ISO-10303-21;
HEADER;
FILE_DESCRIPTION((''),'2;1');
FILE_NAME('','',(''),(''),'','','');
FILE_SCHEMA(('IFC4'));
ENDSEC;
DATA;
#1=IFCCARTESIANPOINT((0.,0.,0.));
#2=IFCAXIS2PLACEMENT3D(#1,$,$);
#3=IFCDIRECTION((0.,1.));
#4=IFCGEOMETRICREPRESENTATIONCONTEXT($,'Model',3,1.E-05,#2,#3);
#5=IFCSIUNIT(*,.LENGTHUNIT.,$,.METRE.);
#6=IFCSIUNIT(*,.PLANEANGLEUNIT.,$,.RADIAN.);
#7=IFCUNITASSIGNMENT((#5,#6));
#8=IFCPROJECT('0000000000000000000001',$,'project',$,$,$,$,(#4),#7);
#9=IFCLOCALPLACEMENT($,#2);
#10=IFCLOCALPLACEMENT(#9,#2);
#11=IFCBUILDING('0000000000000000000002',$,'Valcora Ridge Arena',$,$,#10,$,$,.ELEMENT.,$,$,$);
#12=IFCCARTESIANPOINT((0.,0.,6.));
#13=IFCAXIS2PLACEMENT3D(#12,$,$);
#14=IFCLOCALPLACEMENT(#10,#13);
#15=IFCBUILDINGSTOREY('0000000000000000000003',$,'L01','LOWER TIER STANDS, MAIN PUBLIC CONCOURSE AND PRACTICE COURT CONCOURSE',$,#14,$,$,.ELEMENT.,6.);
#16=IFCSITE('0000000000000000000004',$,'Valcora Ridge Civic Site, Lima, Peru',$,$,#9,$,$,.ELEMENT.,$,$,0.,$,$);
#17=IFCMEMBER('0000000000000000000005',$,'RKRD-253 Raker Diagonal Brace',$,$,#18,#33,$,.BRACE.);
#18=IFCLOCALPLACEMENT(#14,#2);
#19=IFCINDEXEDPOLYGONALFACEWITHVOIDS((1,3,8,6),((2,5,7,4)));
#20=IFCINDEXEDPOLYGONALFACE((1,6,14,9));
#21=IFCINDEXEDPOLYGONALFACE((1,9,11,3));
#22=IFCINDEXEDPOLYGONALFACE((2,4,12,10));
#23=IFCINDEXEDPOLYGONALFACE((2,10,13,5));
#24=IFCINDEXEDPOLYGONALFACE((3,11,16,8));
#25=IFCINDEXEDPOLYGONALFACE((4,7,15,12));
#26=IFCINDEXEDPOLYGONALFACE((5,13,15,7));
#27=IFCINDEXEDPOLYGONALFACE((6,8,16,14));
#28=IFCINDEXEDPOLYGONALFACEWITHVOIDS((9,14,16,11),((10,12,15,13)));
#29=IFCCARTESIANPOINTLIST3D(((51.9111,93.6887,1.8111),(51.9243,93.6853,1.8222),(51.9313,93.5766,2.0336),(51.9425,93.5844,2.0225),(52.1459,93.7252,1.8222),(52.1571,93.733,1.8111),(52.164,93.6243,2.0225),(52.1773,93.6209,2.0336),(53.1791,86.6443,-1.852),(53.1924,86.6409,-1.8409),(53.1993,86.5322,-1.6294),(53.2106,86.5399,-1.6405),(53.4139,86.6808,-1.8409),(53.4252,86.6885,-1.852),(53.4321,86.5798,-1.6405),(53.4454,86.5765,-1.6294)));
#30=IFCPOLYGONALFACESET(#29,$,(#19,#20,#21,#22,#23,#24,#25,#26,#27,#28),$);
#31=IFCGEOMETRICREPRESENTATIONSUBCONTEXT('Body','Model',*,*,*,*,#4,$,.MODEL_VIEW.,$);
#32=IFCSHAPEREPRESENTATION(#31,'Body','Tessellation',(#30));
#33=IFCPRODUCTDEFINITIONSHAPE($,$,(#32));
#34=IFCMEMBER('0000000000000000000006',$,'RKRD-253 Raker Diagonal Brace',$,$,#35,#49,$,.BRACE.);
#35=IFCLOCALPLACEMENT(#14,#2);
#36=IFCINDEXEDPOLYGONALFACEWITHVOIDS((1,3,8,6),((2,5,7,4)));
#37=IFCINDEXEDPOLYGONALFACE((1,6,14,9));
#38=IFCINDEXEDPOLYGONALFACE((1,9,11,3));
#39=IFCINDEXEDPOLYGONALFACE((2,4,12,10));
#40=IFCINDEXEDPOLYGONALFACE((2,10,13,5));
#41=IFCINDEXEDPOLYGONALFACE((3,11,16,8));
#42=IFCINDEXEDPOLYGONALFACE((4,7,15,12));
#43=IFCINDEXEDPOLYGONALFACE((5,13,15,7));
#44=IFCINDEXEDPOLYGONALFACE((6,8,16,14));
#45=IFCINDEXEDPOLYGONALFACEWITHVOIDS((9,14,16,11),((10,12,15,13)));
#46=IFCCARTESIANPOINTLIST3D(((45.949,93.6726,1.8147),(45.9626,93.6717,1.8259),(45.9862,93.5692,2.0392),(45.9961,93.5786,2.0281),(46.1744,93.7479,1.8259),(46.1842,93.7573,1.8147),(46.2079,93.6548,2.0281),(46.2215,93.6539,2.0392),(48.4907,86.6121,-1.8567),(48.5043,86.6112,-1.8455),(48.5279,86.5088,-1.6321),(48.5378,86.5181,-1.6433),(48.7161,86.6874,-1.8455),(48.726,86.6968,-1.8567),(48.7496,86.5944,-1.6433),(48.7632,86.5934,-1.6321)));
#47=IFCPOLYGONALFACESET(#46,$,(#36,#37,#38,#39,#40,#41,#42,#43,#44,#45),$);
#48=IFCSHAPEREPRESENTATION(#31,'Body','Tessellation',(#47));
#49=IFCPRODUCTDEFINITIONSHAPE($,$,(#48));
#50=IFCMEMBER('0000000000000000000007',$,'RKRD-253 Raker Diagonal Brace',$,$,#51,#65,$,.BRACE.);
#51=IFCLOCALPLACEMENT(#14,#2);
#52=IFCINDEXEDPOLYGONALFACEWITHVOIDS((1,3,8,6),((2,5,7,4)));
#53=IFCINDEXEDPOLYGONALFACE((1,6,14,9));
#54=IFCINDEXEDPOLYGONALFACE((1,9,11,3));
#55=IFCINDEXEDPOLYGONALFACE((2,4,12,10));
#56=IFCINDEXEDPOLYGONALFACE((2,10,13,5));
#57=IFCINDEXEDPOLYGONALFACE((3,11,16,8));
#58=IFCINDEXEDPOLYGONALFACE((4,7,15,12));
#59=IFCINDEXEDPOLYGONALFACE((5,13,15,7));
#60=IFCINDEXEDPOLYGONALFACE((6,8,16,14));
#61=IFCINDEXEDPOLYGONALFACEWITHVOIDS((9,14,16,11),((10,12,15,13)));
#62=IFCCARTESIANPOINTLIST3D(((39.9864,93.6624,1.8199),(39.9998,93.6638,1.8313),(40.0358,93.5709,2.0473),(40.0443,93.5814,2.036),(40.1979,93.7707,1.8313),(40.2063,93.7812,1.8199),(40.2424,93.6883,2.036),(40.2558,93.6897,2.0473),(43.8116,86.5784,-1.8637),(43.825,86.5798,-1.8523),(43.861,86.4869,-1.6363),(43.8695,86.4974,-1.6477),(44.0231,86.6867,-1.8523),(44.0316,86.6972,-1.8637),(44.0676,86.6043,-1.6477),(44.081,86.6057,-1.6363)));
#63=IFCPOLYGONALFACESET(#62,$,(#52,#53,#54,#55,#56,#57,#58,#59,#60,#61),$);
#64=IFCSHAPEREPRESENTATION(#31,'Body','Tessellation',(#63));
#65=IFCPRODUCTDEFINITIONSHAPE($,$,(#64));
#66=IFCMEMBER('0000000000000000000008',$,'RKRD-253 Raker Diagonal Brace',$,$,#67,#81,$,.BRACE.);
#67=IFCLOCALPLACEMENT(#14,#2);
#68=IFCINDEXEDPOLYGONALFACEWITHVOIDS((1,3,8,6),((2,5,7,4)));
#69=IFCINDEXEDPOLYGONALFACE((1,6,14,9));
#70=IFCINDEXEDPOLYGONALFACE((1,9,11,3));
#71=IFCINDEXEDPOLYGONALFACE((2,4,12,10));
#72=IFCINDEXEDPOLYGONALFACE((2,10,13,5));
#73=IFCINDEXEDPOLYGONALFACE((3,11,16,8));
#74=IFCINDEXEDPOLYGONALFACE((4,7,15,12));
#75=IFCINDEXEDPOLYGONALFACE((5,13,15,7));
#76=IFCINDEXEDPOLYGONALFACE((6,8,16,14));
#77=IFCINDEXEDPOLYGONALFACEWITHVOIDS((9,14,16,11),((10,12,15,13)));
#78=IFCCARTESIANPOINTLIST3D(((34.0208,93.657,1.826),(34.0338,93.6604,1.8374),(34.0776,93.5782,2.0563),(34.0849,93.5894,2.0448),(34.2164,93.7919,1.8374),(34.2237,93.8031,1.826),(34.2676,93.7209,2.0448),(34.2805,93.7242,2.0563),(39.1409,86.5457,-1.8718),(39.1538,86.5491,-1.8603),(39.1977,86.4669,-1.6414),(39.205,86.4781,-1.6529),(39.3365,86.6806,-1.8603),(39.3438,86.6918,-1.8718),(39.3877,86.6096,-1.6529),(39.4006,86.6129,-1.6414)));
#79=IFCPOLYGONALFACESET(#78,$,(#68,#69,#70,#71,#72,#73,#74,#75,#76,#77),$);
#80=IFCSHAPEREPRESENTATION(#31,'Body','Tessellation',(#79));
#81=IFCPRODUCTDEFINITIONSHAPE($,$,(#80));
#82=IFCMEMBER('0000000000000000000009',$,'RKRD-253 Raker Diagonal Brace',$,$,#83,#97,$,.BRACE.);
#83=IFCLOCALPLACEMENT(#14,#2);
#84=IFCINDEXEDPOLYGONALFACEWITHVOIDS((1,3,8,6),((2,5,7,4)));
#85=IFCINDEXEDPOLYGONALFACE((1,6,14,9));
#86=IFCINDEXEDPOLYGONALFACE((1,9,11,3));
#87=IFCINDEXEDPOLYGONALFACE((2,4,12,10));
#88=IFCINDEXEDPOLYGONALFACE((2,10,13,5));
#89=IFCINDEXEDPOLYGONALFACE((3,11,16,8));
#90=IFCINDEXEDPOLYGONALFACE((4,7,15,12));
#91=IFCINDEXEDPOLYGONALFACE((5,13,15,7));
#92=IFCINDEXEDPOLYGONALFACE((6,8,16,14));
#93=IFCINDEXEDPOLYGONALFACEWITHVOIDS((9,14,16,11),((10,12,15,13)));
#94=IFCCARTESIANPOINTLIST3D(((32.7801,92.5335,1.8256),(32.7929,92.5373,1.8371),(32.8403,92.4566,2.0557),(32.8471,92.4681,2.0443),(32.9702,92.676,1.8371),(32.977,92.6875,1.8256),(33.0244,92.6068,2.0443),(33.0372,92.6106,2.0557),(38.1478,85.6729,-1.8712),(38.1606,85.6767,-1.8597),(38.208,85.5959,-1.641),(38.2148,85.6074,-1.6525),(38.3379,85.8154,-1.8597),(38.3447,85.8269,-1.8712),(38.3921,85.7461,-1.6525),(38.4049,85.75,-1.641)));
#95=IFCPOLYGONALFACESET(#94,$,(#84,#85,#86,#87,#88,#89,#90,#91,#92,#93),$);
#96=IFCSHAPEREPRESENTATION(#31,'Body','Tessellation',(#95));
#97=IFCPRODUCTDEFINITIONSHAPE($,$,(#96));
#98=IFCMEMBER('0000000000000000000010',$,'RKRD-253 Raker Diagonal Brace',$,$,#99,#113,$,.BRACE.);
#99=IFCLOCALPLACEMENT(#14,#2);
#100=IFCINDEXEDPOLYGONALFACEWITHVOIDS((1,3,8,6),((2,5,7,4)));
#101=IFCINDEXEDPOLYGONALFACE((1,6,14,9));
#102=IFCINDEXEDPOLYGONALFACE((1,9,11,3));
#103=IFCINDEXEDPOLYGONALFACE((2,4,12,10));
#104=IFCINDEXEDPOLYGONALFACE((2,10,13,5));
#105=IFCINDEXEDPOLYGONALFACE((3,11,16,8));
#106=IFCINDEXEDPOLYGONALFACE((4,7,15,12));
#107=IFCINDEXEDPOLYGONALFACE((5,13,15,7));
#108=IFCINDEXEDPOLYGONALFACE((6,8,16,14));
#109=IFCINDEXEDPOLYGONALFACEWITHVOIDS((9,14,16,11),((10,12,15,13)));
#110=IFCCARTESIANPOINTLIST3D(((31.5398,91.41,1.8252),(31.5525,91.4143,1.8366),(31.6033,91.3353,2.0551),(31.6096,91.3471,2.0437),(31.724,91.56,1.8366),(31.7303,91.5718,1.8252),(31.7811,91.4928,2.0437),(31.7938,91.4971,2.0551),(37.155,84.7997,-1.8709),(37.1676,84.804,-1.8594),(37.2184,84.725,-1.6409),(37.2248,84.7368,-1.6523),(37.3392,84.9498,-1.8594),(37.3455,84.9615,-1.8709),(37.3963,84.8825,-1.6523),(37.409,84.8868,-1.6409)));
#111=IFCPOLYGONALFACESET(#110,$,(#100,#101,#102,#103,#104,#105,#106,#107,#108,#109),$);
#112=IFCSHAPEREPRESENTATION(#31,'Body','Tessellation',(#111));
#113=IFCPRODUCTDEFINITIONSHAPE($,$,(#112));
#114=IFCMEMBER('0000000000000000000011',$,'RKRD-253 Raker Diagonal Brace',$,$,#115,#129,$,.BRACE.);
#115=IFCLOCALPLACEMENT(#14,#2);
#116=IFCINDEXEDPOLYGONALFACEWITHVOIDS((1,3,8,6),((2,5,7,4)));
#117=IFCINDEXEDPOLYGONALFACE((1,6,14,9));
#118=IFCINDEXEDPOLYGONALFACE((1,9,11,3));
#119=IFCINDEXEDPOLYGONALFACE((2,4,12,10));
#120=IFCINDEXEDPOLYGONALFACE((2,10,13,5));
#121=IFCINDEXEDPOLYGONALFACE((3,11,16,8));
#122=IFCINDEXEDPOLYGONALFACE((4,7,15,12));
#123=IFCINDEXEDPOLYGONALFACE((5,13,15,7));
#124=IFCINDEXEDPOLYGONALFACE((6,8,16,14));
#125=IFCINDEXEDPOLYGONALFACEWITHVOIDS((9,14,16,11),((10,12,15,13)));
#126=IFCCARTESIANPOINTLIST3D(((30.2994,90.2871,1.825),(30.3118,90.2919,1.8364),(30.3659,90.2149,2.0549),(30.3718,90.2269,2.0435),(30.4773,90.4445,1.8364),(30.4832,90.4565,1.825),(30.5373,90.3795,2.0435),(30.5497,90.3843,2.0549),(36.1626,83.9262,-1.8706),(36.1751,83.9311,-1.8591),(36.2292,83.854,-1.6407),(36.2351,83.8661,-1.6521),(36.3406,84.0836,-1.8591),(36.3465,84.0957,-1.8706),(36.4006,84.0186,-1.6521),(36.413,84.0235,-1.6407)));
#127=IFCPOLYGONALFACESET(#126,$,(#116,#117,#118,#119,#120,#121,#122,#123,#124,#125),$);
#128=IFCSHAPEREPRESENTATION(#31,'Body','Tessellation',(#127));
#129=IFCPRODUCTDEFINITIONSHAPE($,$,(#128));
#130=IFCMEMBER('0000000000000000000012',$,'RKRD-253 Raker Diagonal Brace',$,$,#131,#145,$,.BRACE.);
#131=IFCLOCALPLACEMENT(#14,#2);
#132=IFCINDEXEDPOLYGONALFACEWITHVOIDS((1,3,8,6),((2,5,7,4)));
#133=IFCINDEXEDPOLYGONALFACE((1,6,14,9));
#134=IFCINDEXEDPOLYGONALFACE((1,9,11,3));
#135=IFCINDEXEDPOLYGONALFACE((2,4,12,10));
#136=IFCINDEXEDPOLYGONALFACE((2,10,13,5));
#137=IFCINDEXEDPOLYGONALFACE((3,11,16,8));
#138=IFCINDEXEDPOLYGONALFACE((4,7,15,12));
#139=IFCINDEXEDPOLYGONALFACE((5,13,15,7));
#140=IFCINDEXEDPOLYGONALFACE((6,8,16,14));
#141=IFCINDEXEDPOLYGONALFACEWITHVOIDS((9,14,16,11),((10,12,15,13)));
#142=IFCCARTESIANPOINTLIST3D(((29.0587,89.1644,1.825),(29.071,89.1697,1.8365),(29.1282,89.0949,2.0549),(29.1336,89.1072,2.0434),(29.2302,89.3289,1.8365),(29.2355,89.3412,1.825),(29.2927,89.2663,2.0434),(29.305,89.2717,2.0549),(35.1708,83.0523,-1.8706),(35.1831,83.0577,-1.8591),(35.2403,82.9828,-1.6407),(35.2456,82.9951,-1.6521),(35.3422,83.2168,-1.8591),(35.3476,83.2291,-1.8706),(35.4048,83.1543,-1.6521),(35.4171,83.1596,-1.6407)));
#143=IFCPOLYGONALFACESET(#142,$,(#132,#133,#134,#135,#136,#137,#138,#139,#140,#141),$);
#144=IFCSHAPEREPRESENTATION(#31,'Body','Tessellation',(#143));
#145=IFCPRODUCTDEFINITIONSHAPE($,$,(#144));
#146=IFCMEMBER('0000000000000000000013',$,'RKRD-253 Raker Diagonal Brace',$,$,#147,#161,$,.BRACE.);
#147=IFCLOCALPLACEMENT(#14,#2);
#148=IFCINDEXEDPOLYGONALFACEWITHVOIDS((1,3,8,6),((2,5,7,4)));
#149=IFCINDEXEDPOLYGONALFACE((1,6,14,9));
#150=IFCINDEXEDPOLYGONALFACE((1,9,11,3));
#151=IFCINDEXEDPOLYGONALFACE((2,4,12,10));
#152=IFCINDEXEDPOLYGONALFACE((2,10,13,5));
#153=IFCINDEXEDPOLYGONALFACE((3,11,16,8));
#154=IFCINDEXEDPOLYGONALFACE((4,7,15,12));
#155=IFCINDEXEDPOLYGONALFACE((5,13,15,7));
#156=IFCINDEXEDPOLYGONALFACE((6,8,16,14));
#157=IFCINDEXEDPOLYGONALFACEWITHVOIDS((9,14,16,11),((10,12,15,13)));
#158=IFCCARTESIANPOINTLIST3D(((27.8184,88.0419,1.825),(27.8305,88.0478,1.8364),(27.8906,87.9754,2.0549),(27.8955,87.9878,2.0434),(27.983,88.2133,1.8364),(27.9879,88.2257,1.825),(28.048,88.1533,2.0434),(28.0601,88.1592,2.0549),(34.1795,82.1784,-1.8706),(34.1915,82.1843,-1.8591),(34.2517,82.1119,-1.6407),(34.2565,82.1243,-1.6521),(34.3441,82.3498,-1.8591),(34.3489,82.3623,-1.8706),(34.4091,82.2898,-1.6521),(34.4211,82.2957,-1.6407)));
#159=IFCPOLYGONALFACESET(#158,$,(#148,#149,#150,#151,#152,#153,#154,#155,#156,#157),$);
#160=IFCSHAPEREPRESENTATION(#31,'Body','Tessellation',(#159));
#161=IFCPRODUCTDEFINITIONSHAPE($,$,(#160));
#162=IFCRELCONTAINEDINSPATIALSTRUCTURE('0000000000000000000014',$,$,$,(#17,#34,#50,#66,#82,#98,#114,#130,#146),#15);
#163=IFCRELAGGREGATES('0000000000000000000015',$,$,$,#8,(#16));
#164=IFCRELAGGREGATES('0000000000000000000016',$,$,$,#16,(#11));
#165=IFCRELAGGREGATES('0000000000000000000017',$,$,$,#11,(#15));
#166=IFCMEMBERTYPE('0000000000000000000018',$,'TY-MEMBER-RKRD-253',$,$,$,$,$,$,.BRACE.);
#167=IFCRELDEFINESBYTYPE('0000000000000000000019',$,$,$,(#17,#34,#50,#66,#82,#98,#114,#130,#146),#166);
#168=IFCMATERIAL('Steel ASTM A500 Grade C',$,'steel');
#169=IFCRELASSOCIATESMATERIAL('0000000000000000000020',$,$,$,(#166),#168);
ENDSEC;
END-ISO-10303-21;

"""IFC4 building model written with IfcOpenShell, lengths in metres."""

from ifc_helpers import new_model, si_unit, direction, frame, origin, origin_2d, place, context, subcontext, project, spatial, hollow_rectangle, extrude, material, material_profile, profile_set, type_object, element, save


model = new_model("IFC4")

# Units and contexts
model_context = context("Model", 3, precision=1e-05, world=origin(), true_north=direction((0.0, 1.0)))
body_context = subcontext(model_context, "Body", "Model", "MODEL_VIEW")
ifc_project = project(units=[si_unit("LENGTHUNIT", "METRE"), si_unit("PLANEANGLEUNIT", "RADIAN")], contexts=[model_context])

# Site, building, storey
site_placement = place(None, origin())
site = spatial("IfcSite", under=ifc_project, at=site_placement, Name="Valcora Ridge Civic Site, Lima, Peru", CompositionType="ELEMENT", RefElevation=0.0)
building_placement = place(site_placement, origin())
building = spatial("IfcBuilding", under=site, at=building_placement, Name="Valcora Ridge Arena", CompositionType="ELEMENT")
storey_placement = place(building_placement, frame((0.0, 0.0, 6.0)))
storey = spatial("IfcBuildingStorey", under=building, at=storey_placement, Name="L01", Description="LOWER TIER STANDS, MAIN PUBLIC CONCOURSE AND PRACTICE COURT CONCOURSE", CompositionType="ELEMENT", Elevation=6.0)

# Members
ifc_material_1 = material(Name="Steel ASTM A500 Grade C", Category="steel")
ifc_material_profile_1 = material_profile(ifc_material_1, hollow_rectangle(XDim=0.25, YDim=0.25, WallThickness=0.0125, at=origin_2d()), Name="HSS250X250X12")
ifc_profile_set_1 = profile_set([ifc_material_profile_1], Name="Steel ASTM A500 Grade C")
member_type_1 = type_object("IfcMemberType", Name="TY-MEMBER-RKRD-253", PredefinedType="BRACE", material=ifc_profile_set_1)
member_1_placement = place(storey_placement, frame((53.3123, 86.6104, -1.7407), z_axis=(-0.157709, 0.876115, 0.455577), x_axis=(-0.984182, -0.177162, 0.0)))
element("IfcMember", 1, at=member_1_placement, inside=storey, type_object=member_type_1, Name="RKRD-253 Raker Diagonal Brace", PredefinedType="BRACE", context=body_context, shape_type="SweptSolid", body=[
    extrude(hollow_rectangle(XDim=0.25, YDim=0.25, WallThickness=0.0125, at=origin_2d()), origin(), (0.0, 0.0, 1.0), 8.0405),
])
member_2_placement = place(storey_placement, frame((48.627, 86.6028, -1.7444), z_axis=(-0.304252, 0.84516, 0.439472), x_axis=(-0.940889, -0.338714, 0.0)))
element("IfcMember", 2, at=member_2_placement, inside=storey, type_object=member_type_1, Name="RKRD-253 Raker Diagonal Brace", PredefinedType="BRACE", context=body_context, shape_type="SweptSolid", body=[
    extrude(hollow_rectangle(XDim=0.25, YDim=0.25, WallThickness=0.0125, at=origin_2d()), origin(), (0.0, 0.0, 1.0), 8.354),
])
member_3_placement = place(storey_placement, frame((43.9463, 86.592, -1.75), z_axis=(-0.432056, 0.800137, 0.416062), x_axis=(-0.879914, -0.475134, 0.0)))
element("IfcMember", 3, at=member_3_placement, inside=storey, type_object=member_type_1, Name="RKRD-253 Raker Diagonal Brace", PredefinedType="BRACE", context=body_context, shape_type="SweptSolid", body=[
    extrude(hollow_rectangle(XDim=0.25, YDim=0.25, WallThickness=0.0125, at=origin_2d()), origin(), (0.0, 0.0, 1.0), 8.8535),
])
member_4_placement = place(storey_placement, frame((39.2708, 86.5793, -1.7566), z_axis=(-0.538334, 0.747692, 0.388785), x_axis=(-0.811536, -0.584302, 0.0)))
element("IfcMember", 4, at=member_4_placement, inside=storey, type_object=member_type_1, Name="RKRD-253 Raker Diagonal Brace", PredefinedType="BRACE", context=body_context, shape_type="SweptSolid", body=[
    extrude(hollow_rectangle(XDim=0.25, YDim=0.25, WallThickness=0.0125, at=origin_2d()), origin(), (0.0, 0.0, 1.0), 9.511),
])
member_5_placement = place(storey_placement, frame((38.2764, 85.7114, -1.7561), z_axis=(-0.567236, 0.725002, 0.390661), x_axis=(-0.787588, -0.616202, 0.0)))
element("IfcMember", 5, at=member_5_placement, inside=storey, type_object=member_type_1, Name="RKRD-253 Raker Diagonal Brace", PredefinedType="BRACE", context=body_context, shape_type="SweptSolid", body=[
    extrude(hollow_rectangle(XDim=0.25, YDim=0.25, WallThickness=0.0125, at=origin_2d()), origin(), (0.0, 0.0, 1.0), 9.4629),
])
member_6_placement = place(storey_placement, frame((37.282, 84.8433, -1.7559), z_axis=(-0.595587, 0.701136, 0.392026), x_axis=(-0.762142, -0.64741, 0.0)))
element("IfcMember", 6, at=member_6_placement, inside=storey, type_object=member_type_1, Name="RKRD-253 Raker Diagonal Brace", PredefinedType="BRACE", context=body_context, shape_type="SweptSolid", body=[
    extrude(hollow_rectangle(XDim=0.25, YDim=0.25, WallThickness=0.0125, at=origin_2d()), origin(), (0.0, 0.0, 1.0), 9.428),
])
member_7_placement = place(storey_placement, frame((36.2878, 83.9749, -1.7556), z_axis=(-0.623276, 0.676167, 0.392843), x_axis=(-0.735279, -0.677764, 0.0)))
element("IfcMember", 7, at=member_7_placement, inside=storey, type_object=member_type_1, Name="RKRD-253 Raker Diagonal Brace", PredefinedType="BRACE", context=body_context, shape_type="SweptSolid", body=[
    extrude(hollow_rectangle(XDim=0.25, YDim=0.25, WallThickness=0.0125, at=origin_2d()), origin(), (0.0, 0.0, 1.0), 9.4072),
])
member_8_placement = place(storey_placement, frame((35.2939, 83.106, -1.7556), z_axis=(-0.650176, 0.650176, 0.393118), x_axis=(-0.707107, -0.707107, 0.0)))
element("IfcMember", 8, at=member_8_placement, inside=storey, type_object=member_type_1, Name="RKRD-253 Raker Diagonal Brace", PredefinedType="BRACE", context=body_context, shape_type="SweptSolid", body=[
    extrude(hollow_rectangle(XDim=0.25, YDim=0.25, WallThickness=0.0125, at=origin_2d()), origin(), (0.0, 0.0, 1.0), 9.4006),
])
member_9_placement = place(storey_placement, frame((34.3003, 82.2371, -1.7556), z_axis=(-0.67617, 0.623281, 0.39283), x_axis=(-0.677765, -0.735278, 0.0)))
element("IfcMember", 9, at=member_9_placement, inside=storey, type_object=member_type_1, Name="RKRD-253 Raker Diagonal Brace", PredefinedType="BRACE", context=body_context, shape_type="SweptSolid", body=[
    extrude(hollow_rectangle(XDim=0.25, YDim=0.25, WallThickness=0.0125, at=origin_2d()), origin(), (0.0, 0.0, 1.0), 9.4075),
])

save(model, "model.ifc")
